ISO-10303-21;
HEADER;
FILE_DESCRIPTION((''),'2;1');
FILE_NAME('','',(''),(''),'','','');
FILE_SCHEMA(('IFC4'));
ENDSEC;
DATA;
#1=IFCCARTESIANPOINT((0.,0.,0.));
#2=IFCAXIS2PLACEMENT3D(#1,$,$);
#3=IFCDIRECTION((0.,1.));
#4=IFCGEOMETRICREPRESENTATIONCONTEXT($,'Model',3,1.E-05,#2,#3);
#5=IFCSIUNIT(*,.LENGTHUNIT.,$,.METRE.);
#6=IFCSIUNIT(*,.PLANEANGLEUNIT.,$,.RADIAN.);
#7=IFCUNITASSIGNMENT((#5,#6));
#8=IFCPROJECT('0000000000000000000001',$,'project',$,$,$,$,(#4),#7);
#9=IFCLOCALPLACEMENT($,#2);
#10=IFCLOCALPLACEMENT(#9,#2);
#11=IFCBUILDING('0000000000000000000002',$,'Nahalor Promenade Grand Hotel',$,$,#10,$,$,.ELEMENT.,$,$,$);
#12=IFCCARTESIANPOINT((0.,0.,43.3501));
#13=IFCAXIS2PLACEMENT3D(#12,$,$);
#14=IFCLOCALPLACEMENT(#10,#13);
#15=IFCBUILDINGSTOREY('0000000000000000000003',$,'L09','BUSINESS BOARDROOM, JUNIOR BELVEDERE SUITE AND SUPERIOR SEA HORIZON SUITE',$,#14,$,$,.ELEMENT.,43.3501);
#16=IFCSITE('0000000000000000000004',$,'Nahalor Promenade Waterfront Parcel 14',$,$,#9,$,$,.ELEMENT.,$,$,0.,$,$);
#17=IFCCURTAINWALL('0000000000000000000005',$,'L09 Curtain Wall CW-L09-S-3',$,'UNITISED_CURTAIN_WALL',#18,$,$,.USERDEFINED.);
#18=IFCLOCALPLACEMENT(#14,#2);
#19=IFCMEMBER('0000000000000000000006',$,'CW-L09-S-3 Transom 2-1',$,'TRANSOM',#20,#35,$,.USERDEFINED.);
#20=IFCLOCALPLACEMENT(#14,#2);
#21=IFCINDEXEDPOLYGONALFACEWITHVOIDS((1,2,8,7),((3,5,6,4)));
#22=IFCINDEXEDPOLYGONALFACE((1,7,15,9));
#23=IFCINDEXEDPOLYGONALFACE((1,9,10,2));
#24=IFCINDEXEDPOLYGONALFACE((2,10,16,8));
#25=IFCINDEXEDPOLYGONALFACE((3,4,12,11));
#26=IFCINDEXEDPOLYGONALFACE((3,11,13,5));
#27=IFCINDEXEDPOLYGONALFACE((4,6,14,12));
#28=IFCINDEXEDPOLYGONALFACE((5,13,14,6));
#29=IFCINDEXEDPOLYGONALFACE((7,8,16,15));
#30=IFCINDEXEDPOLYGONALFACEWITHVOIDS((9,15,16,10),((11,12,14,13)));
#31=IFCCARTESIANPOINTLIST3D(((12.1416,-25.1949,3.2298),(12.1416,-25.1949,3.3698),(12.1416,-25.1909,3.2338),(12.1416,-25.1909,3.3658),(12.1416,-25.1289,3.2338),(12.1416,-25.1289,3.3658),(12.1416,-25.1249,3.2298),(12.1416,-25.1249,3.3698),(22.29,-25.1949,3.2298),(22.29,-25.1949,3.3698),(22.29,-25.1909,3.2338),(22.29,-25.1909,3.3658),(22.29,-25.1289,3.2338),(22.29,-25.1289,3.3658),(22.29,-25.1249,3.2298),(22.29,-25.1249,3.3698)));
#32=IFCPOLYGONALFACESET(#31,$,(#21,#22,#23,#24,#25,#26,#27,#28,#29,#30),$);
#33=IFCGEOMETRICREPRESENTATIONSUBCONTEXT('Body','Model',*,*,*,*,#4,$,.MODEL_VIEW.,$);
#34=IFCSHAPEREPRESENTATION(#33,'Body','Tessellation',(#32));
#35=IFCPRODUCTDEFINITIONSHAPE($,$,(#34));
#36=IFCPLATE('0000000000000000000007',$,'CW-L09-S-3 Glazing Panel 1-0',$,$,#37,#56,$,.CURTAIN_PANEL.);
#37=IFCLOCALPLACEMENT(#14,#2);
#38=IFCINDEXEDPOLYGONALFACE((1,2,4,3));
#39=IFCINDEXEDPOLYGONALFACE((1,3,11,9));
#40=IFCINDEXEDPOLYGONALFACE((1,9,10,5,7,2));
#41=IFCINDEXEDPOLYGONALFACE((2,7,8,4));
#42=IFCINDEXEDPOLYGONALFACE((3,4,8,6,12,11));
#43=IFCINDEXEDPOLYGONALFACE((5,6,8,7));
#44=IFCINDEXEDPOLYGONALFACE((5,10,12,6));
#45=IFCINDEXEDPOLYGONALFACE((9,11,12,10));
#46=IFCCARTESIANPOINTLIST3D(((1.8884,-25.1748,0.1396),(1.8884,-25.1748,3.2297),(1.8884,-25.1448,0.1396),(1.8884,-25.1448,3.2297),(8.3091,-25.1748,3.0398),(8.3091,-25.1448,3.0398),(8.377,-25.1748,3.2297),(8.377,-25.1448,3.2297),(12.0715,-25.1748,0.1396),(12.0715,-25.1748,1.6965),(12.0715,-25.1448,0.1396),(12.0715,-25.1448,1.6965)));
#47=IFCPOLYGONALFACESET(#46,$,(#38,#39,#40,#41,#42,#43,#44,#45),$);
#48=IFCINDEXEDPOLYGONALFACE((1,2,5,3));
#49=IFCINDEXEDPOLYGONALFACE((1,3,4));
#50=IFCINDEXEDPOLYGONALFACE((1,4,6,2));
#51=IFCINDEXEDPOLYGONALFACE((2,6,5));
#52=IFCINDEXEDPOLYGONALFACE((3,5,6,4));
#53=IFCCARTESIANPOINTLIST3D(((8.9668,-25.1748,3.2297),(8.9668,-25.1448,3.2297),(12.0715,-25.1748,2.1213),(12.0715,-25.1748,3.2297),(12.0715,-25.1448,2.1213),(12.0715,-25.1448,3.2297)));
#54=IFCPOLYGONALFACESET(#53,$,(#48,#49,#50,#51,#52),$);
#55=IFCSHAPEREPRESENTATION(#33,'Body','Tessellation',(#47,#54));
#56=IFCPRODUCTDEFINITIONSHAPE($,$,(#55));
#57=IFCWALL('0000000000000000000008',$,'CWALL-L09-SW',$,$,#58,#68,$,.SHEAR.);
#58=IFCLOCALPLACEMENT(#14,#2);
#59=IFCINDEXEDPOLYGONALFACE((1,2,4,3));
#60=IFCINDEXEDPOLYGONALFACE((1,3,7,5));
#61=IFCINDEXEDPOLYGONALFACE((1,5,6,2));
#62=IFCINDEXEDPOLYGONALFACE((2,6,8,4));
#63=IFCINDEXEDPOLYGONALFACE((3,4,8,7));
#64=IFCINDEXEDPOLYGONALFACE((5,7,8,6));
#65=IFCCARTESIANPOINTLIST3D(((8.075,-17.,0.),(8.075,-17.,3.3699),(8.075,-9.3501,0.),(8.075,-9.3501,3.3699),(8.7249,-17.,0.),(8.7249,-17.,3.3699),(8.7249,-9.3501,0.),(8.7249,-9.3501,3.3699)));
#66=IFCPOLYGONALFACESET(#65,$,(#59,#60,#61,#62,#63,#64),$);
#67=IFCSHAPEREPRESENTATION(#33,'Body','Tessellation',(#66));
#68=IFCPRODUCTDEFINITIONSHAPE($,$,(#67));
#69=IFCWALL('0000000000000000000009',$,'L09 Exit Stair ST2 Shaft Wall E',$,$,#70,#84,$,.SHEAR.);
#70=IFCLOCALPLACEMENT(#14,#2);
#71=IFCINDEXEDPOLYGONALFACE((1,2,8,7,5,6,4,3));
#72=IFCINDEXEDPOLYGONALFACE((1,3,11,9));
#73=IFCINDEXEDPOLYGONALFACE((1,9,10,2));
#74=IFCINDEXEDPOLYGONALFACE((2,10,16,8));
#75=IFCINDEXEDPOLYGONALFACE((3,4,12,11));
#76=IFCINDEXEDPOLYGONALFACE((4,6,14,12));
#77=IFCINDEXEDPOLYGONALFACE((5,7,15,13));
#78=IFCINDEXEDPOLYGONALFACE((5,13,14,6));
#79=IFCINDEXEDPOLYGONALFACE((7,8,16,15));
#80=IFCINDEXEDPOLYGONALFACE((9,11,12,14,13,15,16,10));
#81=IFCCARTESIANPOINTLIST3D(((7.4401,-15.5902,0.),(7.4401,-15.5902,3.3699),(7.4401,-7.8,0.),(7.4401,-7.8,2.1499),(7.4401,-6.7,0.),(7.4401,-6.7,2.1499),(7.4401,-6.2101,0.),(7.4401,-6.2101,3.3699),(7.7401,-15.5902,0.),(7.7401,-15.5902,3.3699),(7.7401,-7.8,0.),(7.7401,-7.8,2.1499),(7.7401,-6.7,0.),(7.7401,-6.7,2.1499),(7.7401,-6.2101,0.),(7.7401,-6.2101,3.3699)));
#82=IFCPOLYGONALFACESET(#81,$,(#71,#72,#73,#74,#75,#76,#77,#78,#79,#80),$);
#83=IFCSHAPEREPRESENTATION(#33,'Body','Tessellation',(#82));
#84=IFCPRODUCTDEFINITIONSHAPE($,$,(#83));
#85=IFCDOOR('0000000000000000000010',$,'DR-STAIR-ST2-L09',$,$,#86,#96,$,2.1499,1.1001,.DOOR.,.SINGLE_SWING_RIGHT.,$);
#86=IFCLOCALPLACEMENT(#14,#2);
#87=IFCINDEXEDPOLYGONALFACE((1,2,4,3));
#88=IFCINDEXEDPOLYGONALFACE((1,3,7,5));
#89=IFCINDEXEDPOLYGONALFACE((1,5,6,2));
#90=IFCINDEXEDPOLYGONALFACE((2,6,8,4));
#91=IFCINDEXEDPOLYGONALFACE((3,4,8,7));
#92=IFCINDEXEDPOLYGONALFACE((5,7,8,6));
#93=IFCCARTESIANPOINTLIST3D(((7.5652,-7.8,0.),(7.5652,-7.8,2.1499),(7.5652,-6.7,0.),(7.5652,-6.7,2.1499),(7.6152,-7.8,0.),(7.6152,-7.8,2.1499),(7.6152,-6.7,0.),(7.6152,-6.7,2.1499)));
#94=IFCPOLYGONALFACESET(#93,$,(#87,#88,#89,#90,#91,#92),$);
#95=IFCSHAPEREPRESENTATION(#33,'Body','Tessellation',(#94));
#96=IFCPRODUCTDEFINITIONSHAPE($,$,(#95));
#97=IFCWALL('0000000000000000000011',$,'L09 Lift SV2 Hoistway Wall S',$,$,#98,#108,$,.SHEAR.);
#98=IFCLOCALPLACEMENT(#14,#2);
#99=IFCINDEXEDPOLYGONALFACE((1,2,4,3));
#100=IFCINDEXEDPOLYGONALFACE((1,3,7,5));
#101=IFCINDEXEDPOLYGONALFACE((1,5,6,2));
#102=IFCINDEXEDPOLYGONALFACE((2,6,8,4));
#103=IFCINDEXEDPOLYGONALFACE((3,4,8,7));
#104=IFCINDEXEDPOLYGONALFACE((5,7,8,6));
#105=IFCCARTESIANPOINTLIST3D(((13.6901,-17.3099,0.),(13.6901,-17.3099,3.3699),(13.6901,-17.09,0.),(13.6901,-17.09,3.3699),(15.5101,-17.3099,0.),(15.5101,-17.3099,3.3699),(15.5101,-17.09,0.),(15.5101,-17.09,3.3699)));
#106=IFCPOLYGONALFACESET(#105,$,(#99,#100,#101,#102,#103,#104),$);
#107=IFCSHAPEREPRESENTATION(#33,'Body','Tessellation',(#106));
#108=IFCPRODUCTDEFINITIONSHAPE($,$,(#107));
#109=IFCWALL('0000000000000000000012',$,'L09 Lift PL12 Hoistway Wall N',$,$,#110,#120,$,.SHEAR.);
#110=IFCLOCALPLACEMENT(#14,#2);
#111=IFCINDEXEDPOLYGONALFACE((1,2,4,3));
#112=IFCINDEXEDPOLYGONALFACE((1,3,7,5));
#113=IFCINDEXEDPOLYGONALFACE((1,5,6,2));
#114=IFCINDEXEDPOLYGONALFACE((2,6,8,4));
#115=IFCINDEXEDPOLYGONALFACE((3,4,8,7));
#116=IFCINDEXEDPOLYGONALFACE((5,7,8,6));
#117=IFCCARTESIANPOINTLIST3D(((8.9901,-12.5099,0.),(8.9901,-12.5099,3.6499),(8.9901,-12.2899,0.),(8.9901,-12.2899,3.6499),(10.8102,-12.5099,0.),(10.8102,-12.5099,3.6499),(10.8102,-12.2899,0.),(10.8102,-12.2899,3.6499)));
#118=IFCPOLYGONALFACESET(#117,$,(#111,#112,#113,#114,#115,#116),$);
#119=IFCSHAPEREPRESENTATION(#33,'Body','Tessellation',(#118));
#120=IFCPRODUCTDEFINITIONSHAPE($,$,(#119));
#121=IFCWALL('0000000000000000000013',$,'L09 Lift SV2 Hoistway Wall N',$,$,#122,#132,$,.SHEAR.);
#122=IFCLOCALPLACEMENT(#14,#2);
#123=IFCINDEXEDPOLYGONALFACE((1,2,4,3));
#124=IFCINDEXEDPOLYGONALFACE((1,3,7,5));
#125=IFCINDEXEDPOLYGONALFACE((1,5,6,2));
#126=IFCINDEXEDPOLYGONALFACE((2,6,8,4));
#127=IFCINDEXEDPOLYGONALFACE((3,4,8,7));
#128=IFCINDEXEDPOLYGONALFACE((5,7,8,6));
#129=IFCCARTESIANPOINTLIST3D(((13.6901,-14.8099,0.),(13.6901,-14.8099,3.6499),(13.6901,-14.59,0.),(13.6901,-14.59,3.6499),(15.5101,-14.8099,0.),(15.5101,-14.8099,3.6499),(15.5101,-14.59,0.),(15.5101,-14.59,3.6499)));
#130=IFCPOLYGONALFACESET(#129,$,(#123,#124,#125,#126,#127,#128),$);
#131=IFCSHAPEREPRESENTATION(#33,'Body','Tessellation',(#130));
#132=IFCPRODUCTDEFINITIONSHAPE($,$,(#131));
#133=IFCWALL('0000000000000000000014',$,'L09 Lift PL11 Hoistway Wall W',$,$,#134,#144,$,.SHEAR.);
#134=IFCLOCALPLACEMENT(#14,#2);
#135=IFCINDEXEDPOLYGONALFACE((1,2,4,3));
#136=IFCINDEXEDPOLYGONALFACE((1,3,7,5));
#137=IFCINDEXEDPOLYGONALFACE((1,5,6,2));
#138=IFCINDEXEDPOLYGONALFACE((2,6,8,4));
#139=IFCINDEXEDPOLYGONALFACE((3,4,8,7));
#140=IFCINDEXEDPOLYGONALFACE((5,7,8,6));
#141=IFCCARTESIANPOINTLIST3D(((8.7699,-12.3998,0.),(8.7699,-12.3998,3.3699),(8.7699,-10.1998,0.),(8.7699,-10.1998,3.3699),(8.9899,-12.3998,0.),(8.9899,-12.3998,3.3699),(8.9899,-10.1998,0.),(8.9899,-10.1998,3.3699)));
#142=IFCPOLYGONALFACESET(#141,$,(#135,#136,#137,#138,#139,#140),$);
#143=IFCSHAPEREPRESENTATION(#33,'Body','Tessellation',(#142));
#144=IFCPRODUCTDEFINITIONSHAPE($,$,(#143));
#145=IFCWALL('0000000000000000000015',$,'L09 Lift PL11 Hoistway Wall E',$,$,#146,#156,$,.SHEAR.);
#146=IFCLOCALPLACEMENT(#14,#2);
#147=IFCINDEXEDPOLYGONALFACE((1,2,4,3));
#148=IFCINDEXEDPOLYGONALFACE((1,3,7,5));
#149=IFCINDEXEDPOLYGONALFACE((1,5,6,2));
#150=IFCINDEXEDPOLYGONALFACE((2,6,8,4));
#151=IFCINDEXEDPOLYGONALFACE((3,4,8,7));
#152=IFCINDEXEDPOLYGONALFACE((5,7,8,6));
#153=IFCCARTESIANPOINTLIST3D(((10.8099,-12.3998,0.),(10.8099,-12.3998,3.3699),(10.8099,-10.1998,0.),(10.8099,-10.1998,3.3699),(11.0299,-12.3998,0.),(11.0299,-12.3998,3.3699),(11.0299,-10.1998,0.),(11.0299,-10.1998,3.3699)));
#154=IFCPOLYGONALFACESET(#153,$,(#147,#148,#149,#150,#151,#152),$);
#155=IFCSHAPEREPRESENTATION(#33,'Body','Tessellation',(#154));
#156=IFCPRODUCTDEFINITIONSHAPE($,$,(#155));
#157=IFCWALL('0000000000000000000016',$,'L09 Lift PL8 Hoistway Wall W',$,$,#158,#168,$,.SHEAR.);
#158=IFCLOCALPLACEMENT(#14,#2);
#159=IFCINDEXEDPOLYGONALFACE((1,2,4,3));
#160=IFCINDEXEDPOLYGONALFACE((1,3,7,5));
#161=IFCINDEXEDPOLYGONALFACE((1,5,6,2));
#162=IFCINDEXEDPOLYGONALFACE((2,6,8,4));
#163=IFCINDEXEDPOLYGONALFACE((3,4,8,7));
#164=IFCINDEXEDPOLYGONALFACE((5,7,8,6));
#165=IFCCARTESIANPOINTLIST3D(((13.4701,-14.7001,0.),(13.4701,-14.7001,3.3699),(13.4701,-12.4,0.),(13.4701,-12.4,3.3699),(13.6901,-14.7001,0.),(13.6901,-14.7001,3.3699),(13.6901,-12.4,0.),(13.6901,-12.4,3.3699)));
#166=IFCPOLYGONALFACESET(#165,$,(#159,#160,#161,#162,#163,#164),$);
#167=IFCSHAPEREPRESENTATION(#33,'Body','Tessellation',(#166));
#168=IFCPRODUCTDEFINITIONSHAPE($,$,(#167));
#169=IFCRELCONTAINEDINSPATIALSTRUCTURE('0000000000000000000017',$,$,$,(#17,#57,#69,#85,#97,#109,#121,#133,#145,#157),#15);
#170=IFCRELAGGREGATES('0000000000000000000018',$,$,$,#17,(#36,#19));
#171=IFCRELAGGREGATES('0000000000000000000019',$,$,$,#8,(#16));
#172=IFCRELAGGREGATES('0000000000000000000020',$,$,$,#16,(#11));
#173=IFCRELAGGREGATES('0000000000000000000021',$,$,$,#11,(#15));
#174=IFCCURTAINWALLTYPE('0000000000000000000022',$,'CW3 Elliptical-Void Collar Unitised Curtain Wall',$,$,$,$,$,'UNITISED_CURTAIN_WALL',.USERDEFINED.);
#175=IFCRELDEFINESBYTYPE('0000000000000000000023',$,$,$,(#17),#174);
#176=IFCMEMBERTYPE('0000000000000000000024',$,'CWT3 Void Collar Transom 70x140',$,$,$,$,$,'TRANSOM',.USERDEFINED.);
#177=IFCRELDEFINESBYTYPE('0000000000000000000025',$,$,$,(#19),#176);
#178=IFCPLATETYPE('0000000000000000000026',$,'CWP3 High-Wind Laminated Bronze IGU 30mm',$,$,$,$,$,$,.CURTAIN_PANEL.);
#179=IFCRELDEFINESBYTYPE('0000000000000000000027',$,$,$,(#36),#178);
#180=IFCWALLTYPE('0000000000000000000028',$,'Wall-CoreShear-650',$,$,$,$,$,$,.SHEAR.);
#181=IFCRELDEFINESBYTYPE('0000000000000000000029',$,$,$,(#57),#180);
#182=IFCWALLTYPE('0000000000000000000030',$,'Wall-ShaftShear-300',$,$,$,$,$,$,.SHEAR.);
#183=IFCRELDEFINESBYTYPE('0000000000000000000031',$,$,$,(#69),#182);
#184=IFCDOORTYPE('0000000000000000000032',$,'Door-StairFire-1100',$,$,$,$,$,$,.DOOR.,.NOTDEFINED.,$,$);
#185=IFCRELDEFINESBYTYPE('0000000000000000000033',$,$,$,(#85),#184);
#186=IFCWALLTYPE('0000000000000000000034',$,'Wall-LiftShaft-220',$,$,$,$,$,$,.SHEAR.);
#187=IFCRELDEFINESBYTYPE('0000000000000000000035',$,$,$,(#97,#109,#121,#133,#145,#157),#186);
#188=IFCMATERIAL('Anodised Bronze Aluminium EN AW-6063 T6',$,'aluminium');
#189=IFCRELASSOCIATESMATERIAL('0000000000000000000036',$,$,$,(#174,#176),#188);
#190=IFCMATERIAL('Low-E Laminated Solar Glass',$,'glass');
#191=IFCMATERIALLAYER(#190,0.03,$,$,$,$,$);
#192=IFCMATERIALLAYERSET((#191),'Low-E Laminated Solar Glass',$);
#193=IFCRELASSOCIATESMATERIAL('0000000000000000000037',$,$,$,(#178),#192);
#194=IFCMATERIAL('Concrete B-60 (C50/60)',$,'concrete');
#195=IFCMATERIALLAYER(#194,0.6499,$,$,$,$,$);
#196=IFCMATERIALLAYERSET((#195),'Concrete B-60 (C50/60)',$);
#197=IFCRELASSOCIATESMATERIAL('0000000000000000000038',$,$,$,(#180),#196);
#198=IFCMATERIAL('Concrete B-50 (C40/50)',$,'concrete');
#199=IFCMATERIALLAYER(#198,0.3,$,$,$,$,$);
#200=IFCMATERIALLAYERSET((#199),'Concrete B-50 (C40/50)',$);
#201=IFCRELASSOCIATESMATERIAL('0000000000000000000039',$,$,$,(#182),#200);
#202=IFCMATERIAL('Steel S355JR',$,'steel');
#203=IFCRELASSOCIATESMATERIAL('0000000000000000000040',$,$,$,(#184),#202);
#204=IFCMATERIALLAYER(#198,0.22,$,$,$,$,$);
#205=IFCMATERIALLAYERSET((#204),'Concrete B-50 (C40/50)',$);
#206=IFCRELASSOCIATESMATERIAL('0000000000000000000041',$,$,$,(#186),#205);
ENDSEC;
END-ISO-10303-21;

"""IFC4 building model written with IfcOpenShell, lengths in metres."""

from ifc_helpers import new_model, si_unit, direction, frame, frame_2d, origin, origin_2d, place, context, subcontext, project, spatial, polyline, rectangle, hollow_rectangle, outline, extrude, source, transform, mapped, material, layer, layer_set, material_profile, profile_set, type_object, element, fill, aggregate, save


model = new_model("IFC4")

# Units and contexts
model_context = context("Model", 3, precision=1e-05, world=origin(), true_north=direction((0.0, 1.0)))
body_context = subcontext(model_context, "Body", "Model", "MODEL_VIEW")
ifc_project = project(units=[si_unit("LENGTHUNIT", "METRE"), si_unit("PLANEANGLEUNIT", "RADIAN")], contexts=[model_context])

# Site, building, storey
site_placement = place(None, origin())
site = spatial("IfcSite", under=ifc_project, at=site_placement, Name="Nahalor Promenade Waterfront Parcel 14", CompositionType="ELEMENT", RefElevation=0.0)
building_placement = place(site_placement, origin())
building = spatial("IfcBuilding", under=site, at=building_placement, Name="Nahalor Promenade Grand Hotel", CompositionType="ELEMENT")
storey_placement = place(building_placement, frame((0.0, 0.0, 43.3501)))
storey = spatial("IfcBuildingStorey", under=building, at=storey_placement, Name="L09", Description="BUSINESS BOARDROOM, JUNIOR BELVEDERE SUITE AND SUPERIOR SEA HORIZON SUITE", CompositionType="ELEMENT", Elevation=43.3501)

# Shared definitions
ifc_material_1 = material(Name="Steel S355JR", Category="steel")

# Curtain wall, member, plate
ifc_material_2 = material(Name="Anodised Bronze Aluminium EN AW-6063 T6", Category="aluminium")
curtain_wall_type = type_object("IfcCurtainWallType", Name="CW3 Elliptical-Void Collar Unitised Curtain Wall", ElementType="UNITISED_CURTAIN_WALL", PredefinedType="USERDEFINED", material=ifc_material_2)
curtain_wall_placement = place(storey_placement, origin())
curtain_wall = element("IfcCurtainWall", 1, at=curtain_wall_placement, inside=storey, type_object=curtain_wall_type, Name="L09 Curtain Wall CW-L09-S-3", ObjectType="UNITISED_CURTAIN_WALL", PredefinedType="USERDEFINED")
ifc_material_profile_1 = material_profile(ifc_material_2, hollow_rectangle(XDim=0.07, YDim=0.14, WallThickness=0.004, at=origin_2d()), Name="CWT 70x140x4")
ifc_profile_set_1 = profile_set([ifc_material_profile_1], Name="Anodised Bronze Aluminium EN AW-6063 T6")
member_type_1 = type_object("IfcMemberType", Name="CWT3 Void Collar Transom 70x140", ElementType="TRANSOM", PredefinedType="USERDEFINED", material=ifc_profile_set_1)
shared_shape_1 = source(origin(), body_context, "Body", "SweptSolid", [
    extrude(hollow_rectangle(XDim=0.07, YDim=0.14, WallThickness=0.004, at=origin_2d()), origin(), (0.0, 0.0, 1.0), 10.1484),
])
member_1_placement = place(storey_placement, frame((12.1416, -25.1599, 3.2998), z_axis=(1.0, 0.0, 0.0), x_axis=(0.0, 1.0, 0.0)))
member_1 = element("IfcMember", 2, at=member_1_placement, type_object=member_type_1, Name="CW-L09-S-3 Transom 2-1", ObjectType="TRANSOM", PredefinedType="USERDEFINED", context=body_context, shape_type="MappedRepresentation", body=[
    mapped(shared_shape_1, transform((0.0, 0.0, 0.0), scale=1.0)),
])
ifc_material_3 = material(Name="Low-E Laminated Solar Glass", Category="glass")
ifc_layer_1 = layer(ifc_material_3, 0.03)
ifc_layer_set_1 = layer_set([ifc_layer_1], Name="Low-E Laminated Solar Glass")
plate_type = type_object("IfcPlateType", Name="CWP3 High-Wind Laminated Bronze IGU 30mm", PredefinedType="CURTAIN_PANEL", material=ifc_layer_set_1)
plate_placement = place(storey_placement, frame((6.98, -25.1599, 0.1396), z_axis=(0.0, 0.0, 1.0), x_axis=(1.0, 0.0, 0.0)))
plate = element("IfcPlate", 3, at=plate_placement, type_object=plate_type, Name="CW-L09-S-3 Glazing Panel 1-0", PredefinedType="CURTAIN_PANEL", context=body_context, shape_type="SweptSolid", body=[
    extrude(outline(polyline([(-5.0916, 0.0), (5.0916, 0.0), (5.0916, 1.5569), (1.3291, 2.9001), (1.397, 3.0901), (-5.0916, 3.0901), (-5.0916, 0.0)])), frame((0.0, 0.0151, 0.0), z_axis=(0.0, -1.0, 0.0), x_axis=(1.0, 0.0, 0.0)), (0.0, 0.0, 1.0), 0.03),
    extrude(outline(polyline([(5.0916, 1.9817), (5.0916, 3.0901), (1.9868, 3.0901), (5.0916, 1.9817)])), frame((0.0, 0.0151, 0.0), z_axis=(0.0, -1.0, 0.0), x_axis=(1.0, 0.0, 0.0)), (0.0, 0.0, 1.0), 0.03),
])
aggregate(curtain_wall, [plate, member_1])

# Wall
ifc_material_4 = material(Name="Concrete B-60 (C50/60)", Category="concrete")
ifc_layer_2 = layer(ifc_material_4, 0.6499)
ifc_layer_set_2 = layer_set([ifc_layer_2], Name="Concrete B-60 (C50/60)")
wall_type_1 = type_object("IfcWallType", Name="Wall-CoreShear-650", PredefinedType="SHEAR", material=ifc_layer_set_2)
shared_shape_2 = source(origin(), body_context, "Body", "SweptSolid", [
    extrude(rectangle(XDim=7.6499, YDim=0.6499, at=frame_2d((3.825, 0.0))), origin(), (0.0, 0.0, 1.0), 3.3699),
])
wall_1_placement = place(storey_placement, frame((8.3999, -17.0, 0.0), z_axis=(0.0, 0.0, 1.0), x_axis=(0.0, 1.0, 0.0)))
element("IfcWall", 4, at=wall_1_placement, inside=storey, type_object=wall_type_1, Name="CWALL-L09-SW", PredefinedType="SHEAR", context=body_context, shape_type="MappedRepresentation", body=[
    mapped(shared_shape_2, transform((0.0, 0.0, 0.0), scale=1.0)),
])

# Wall, opening, door
ifc_material_5 = material(Name="Concrete B-50 (C40/50)", Category="concrete")
ifc_layer_3 = layer(ifc_material_5, 0.3)
ifc_layer_set_3 = layer_set([ifc_layer_3], Name="Concrete B-50 (C40/50)")
wall_type_2 = type_object("IfcWallType", Name="Wall-ShaftShear-300", PredefinedType="SHEAR", material=ifc_layer_set_3)
shared_shape_3 = source(origin(), body_context, "Body", "SweptSolid", [
    extrude(rectangle(XDim=9.3801, YDim=0.3, at=frame_2d((4.6899, 0.0))), origin(), (0.0, 0.0, 1.0), 3.3699),
])
wall_2_placement = place(storey_placement, frame((7.5901, -15.5901, 0.0), z_axis=(0.0, 0.0, 1.0), x_axis=(0.0, 1.0, 0.0)))
wall_2 = element("IfcWall", 5, at=wall_2_placement, inside=storey, type_object=wall_type_2, Name="L09 Exit Stair ST2 Shaft Wall E", PredefinedType="SHEAR", context=body_context, shape_type="MappedRepresentation", body=[
    mapped(shared_shape_3, transform((0.0, 0.0, 0.0), scale=1.0)),
])
opening_1_placement = place(wall_2_placement, frame((7.79, 0.0, 0.0)))
opening_1 = element("IfcOpeningElement", 6, at=opening_1_placement, cuts=wall_2, PredefinedType="OPENING", context=body_context, shape_type="SweptSolid", body=[
    extrude(rectangle(XDim=1.1001, YDim=2.1499, at=frame_2d((0.55, 1.075))), frame((0.0, 0.1599, 0.0), z_axis=(0.0, -1.0, 0.0), x_axis=(1.0, 0.0, 0.0)), (0.0, 0.0, 1.0), 0.3201),
])
door_type_1 = type_object("IfcDoorType", Name="Door-StairFire-1100", OperationType="NOTDEFINED", PredefinedType="DOOR", material=ifc_material_1)
shared_shape_4 = source(origin(), body_context, "Body", "SweptSolid", [
    extrude(rectangle(XDim=1.1001, YDim=2.1499, at=frame_2d((0.55, 1.075))), frame((0.0, 0.0249, 0.0), z_axis=(0.0, -1.0, 0.0), x_axis=(1.0, 0.0, 0.0)), (0.0, 0.0, 1.0), 0.05),
])
door_1_placement = place(opening_1_placement, origin())
door_1 = element("IfcDoor", 7, at=door_1_placement, inside=storey, type_object=door_type_1, Name="DR-STAIR-ST2-L09", OperationType="SINGLE_SWING_RIGHT", OverallHeight=2.1499, OverallWidth=1.1001, PredefinedType="DOOR", context=body_context, shape_type="MappedRepresentation", body=[
    mapped(shared_shape_4, transform((0.0, 0.0, 0.0), scale=1.0)),
])
fill(opening_1, door_1)

# Walls
ifc_layer_4 = layer(ifc_material_5, 0.22)
ifc_layer_set_4 = layer_set([ifc_layer_4], Name="Concrete B-50 (C40/50)")
wall_type_3 = type_object("IfcWallType", Name="Wall-LiftShaft-220", PredefinedType="SHEAR", material=ifc_layer_set_4)
shared_shape_5 = source(origin(), body_context, "Body", "SweptSolid", [
    extrude(rectangle(XDim=1.8201, YDim=0.22, at=frame_2d((0.9102, 0.0))), origin(), (0.0, 0.0, 1.0), 3.3699),
])
wall_3_placement = place(storey_placement, frame((13.6899, -17.2, 0.0), z_axis=(0.0, 0.0, 1.0), x_axis=(1.0, 0.0, 0.0)))
element("IfcWall", 8, at=wall_3_placement, inside=storey, type_object=wall_type_3, Name="L09 Lift SV2 Hoistway Wall S", PredefinedType="SHEAR", context=body_context, shape_type="MappedRepresentation", body=[
    mapped(shared_shape_5, transform((0.0, 0.0, 0.0), scale=1.0)),
])
shared_shape_6 = source(origin(), body_context, "Body", "SweptSolid", [
    extrude(rectangle(XDim=1.8201, YDim=0.22, at=frame_2d((0.9102, 0.0))), origin(), (0.0, 0.0, 1.0), 3.6499),
])
for number, where, z_axis, x_axis, name in (
    (9, (8.99, -12.3999, 0.0), (0.0, 0.0, 1.0), (1.0, 0.0, 0.0), "L09 Lift PL12 Hoistway Wall N"),
    (10, (13.6899, -14.7, 0.0), (0.0, 0.0, 1.0), (1.0, 0.0, 0.0), "L09 Lift SV2 Hoistway Wall N"),
):
    element("IfcWall", number, at=place(storey_placement, frame(where, z_axis=z_axis, x_axis=x_axis)), inside=storey, type_object=wall_type_3, Name=name, PredefinedType="SHEAR", context=body_context, shape_type="MappedRepresentation", body=[
        mapped(shared_shape_6, transform((0.0, 0.0, 0.0), scale=1.0)),
    ])
shared_shape_7 = source(origin(), body_context, "Body", "SweptSolid", [
    extrude(rectangle(XDim=2.2, YDim=0.22, at=frame_2d((1.1001, 0.0))), origin(), (0.0, 0.0, 1.0), 3.3699),
])
for number, where, z_axis, x_axis, name in (
    (11, (8.8799, -12.3999, 0.0), (0.0, 0.0, 1.0), (0.0, 1.0, 0.0), "L09 Lift PL11 Hoistway Wall W"),
    (12, (10.9199, -12.3999, 0.0), (0.0, 0.0, 1.0), (0.0, 1.0, 0.0), "L09 Lift PL11 Hoistway Wall E"),
):
    element("IfcWall", number, at=place(storey_placement, frame(where, z_axis=z_axis, x_axis=x_axis)), inside=storey, type_object=wall_type_3, Name=name, PredefinedType="SHEAR", context=body_context, shape_type="MappedRepresentation", body=[
        mapped(shared_shape_7, transform((0.0, 0.0, 0.0), scale=1.0)),
    ])
shared_shape_8 = source(origin(), body_context, "Body", "SweptSolid", [
    extrude(rectangle(XDim=2.3, YDim=0.22, at=frame_2d((1.1499, 0.0))), origin(), (0.0, 0.0, 1.0), 3.3699),
])
wall_4_placement = place(storey_placement, frame((13.5801, -14.7, 0.0), z_axis=(0.0, 0.0, 1.0), x_axis=(0.0, 1.0, 0.0)))
element("IfcWall", 13, at=wall_4_placement, inside=storey, type_object=wall_type_3, Name="L09 Lift PL8 Hoistway Wall W", PredefinedType="SHEAR", context=body_context, shape_type="MappedRepresentation", body=[
    mapped(shared_shape_8, transform((0.0, 0.0, 0.0), scale=1.0)),
])

save(model, "model.ifc")
